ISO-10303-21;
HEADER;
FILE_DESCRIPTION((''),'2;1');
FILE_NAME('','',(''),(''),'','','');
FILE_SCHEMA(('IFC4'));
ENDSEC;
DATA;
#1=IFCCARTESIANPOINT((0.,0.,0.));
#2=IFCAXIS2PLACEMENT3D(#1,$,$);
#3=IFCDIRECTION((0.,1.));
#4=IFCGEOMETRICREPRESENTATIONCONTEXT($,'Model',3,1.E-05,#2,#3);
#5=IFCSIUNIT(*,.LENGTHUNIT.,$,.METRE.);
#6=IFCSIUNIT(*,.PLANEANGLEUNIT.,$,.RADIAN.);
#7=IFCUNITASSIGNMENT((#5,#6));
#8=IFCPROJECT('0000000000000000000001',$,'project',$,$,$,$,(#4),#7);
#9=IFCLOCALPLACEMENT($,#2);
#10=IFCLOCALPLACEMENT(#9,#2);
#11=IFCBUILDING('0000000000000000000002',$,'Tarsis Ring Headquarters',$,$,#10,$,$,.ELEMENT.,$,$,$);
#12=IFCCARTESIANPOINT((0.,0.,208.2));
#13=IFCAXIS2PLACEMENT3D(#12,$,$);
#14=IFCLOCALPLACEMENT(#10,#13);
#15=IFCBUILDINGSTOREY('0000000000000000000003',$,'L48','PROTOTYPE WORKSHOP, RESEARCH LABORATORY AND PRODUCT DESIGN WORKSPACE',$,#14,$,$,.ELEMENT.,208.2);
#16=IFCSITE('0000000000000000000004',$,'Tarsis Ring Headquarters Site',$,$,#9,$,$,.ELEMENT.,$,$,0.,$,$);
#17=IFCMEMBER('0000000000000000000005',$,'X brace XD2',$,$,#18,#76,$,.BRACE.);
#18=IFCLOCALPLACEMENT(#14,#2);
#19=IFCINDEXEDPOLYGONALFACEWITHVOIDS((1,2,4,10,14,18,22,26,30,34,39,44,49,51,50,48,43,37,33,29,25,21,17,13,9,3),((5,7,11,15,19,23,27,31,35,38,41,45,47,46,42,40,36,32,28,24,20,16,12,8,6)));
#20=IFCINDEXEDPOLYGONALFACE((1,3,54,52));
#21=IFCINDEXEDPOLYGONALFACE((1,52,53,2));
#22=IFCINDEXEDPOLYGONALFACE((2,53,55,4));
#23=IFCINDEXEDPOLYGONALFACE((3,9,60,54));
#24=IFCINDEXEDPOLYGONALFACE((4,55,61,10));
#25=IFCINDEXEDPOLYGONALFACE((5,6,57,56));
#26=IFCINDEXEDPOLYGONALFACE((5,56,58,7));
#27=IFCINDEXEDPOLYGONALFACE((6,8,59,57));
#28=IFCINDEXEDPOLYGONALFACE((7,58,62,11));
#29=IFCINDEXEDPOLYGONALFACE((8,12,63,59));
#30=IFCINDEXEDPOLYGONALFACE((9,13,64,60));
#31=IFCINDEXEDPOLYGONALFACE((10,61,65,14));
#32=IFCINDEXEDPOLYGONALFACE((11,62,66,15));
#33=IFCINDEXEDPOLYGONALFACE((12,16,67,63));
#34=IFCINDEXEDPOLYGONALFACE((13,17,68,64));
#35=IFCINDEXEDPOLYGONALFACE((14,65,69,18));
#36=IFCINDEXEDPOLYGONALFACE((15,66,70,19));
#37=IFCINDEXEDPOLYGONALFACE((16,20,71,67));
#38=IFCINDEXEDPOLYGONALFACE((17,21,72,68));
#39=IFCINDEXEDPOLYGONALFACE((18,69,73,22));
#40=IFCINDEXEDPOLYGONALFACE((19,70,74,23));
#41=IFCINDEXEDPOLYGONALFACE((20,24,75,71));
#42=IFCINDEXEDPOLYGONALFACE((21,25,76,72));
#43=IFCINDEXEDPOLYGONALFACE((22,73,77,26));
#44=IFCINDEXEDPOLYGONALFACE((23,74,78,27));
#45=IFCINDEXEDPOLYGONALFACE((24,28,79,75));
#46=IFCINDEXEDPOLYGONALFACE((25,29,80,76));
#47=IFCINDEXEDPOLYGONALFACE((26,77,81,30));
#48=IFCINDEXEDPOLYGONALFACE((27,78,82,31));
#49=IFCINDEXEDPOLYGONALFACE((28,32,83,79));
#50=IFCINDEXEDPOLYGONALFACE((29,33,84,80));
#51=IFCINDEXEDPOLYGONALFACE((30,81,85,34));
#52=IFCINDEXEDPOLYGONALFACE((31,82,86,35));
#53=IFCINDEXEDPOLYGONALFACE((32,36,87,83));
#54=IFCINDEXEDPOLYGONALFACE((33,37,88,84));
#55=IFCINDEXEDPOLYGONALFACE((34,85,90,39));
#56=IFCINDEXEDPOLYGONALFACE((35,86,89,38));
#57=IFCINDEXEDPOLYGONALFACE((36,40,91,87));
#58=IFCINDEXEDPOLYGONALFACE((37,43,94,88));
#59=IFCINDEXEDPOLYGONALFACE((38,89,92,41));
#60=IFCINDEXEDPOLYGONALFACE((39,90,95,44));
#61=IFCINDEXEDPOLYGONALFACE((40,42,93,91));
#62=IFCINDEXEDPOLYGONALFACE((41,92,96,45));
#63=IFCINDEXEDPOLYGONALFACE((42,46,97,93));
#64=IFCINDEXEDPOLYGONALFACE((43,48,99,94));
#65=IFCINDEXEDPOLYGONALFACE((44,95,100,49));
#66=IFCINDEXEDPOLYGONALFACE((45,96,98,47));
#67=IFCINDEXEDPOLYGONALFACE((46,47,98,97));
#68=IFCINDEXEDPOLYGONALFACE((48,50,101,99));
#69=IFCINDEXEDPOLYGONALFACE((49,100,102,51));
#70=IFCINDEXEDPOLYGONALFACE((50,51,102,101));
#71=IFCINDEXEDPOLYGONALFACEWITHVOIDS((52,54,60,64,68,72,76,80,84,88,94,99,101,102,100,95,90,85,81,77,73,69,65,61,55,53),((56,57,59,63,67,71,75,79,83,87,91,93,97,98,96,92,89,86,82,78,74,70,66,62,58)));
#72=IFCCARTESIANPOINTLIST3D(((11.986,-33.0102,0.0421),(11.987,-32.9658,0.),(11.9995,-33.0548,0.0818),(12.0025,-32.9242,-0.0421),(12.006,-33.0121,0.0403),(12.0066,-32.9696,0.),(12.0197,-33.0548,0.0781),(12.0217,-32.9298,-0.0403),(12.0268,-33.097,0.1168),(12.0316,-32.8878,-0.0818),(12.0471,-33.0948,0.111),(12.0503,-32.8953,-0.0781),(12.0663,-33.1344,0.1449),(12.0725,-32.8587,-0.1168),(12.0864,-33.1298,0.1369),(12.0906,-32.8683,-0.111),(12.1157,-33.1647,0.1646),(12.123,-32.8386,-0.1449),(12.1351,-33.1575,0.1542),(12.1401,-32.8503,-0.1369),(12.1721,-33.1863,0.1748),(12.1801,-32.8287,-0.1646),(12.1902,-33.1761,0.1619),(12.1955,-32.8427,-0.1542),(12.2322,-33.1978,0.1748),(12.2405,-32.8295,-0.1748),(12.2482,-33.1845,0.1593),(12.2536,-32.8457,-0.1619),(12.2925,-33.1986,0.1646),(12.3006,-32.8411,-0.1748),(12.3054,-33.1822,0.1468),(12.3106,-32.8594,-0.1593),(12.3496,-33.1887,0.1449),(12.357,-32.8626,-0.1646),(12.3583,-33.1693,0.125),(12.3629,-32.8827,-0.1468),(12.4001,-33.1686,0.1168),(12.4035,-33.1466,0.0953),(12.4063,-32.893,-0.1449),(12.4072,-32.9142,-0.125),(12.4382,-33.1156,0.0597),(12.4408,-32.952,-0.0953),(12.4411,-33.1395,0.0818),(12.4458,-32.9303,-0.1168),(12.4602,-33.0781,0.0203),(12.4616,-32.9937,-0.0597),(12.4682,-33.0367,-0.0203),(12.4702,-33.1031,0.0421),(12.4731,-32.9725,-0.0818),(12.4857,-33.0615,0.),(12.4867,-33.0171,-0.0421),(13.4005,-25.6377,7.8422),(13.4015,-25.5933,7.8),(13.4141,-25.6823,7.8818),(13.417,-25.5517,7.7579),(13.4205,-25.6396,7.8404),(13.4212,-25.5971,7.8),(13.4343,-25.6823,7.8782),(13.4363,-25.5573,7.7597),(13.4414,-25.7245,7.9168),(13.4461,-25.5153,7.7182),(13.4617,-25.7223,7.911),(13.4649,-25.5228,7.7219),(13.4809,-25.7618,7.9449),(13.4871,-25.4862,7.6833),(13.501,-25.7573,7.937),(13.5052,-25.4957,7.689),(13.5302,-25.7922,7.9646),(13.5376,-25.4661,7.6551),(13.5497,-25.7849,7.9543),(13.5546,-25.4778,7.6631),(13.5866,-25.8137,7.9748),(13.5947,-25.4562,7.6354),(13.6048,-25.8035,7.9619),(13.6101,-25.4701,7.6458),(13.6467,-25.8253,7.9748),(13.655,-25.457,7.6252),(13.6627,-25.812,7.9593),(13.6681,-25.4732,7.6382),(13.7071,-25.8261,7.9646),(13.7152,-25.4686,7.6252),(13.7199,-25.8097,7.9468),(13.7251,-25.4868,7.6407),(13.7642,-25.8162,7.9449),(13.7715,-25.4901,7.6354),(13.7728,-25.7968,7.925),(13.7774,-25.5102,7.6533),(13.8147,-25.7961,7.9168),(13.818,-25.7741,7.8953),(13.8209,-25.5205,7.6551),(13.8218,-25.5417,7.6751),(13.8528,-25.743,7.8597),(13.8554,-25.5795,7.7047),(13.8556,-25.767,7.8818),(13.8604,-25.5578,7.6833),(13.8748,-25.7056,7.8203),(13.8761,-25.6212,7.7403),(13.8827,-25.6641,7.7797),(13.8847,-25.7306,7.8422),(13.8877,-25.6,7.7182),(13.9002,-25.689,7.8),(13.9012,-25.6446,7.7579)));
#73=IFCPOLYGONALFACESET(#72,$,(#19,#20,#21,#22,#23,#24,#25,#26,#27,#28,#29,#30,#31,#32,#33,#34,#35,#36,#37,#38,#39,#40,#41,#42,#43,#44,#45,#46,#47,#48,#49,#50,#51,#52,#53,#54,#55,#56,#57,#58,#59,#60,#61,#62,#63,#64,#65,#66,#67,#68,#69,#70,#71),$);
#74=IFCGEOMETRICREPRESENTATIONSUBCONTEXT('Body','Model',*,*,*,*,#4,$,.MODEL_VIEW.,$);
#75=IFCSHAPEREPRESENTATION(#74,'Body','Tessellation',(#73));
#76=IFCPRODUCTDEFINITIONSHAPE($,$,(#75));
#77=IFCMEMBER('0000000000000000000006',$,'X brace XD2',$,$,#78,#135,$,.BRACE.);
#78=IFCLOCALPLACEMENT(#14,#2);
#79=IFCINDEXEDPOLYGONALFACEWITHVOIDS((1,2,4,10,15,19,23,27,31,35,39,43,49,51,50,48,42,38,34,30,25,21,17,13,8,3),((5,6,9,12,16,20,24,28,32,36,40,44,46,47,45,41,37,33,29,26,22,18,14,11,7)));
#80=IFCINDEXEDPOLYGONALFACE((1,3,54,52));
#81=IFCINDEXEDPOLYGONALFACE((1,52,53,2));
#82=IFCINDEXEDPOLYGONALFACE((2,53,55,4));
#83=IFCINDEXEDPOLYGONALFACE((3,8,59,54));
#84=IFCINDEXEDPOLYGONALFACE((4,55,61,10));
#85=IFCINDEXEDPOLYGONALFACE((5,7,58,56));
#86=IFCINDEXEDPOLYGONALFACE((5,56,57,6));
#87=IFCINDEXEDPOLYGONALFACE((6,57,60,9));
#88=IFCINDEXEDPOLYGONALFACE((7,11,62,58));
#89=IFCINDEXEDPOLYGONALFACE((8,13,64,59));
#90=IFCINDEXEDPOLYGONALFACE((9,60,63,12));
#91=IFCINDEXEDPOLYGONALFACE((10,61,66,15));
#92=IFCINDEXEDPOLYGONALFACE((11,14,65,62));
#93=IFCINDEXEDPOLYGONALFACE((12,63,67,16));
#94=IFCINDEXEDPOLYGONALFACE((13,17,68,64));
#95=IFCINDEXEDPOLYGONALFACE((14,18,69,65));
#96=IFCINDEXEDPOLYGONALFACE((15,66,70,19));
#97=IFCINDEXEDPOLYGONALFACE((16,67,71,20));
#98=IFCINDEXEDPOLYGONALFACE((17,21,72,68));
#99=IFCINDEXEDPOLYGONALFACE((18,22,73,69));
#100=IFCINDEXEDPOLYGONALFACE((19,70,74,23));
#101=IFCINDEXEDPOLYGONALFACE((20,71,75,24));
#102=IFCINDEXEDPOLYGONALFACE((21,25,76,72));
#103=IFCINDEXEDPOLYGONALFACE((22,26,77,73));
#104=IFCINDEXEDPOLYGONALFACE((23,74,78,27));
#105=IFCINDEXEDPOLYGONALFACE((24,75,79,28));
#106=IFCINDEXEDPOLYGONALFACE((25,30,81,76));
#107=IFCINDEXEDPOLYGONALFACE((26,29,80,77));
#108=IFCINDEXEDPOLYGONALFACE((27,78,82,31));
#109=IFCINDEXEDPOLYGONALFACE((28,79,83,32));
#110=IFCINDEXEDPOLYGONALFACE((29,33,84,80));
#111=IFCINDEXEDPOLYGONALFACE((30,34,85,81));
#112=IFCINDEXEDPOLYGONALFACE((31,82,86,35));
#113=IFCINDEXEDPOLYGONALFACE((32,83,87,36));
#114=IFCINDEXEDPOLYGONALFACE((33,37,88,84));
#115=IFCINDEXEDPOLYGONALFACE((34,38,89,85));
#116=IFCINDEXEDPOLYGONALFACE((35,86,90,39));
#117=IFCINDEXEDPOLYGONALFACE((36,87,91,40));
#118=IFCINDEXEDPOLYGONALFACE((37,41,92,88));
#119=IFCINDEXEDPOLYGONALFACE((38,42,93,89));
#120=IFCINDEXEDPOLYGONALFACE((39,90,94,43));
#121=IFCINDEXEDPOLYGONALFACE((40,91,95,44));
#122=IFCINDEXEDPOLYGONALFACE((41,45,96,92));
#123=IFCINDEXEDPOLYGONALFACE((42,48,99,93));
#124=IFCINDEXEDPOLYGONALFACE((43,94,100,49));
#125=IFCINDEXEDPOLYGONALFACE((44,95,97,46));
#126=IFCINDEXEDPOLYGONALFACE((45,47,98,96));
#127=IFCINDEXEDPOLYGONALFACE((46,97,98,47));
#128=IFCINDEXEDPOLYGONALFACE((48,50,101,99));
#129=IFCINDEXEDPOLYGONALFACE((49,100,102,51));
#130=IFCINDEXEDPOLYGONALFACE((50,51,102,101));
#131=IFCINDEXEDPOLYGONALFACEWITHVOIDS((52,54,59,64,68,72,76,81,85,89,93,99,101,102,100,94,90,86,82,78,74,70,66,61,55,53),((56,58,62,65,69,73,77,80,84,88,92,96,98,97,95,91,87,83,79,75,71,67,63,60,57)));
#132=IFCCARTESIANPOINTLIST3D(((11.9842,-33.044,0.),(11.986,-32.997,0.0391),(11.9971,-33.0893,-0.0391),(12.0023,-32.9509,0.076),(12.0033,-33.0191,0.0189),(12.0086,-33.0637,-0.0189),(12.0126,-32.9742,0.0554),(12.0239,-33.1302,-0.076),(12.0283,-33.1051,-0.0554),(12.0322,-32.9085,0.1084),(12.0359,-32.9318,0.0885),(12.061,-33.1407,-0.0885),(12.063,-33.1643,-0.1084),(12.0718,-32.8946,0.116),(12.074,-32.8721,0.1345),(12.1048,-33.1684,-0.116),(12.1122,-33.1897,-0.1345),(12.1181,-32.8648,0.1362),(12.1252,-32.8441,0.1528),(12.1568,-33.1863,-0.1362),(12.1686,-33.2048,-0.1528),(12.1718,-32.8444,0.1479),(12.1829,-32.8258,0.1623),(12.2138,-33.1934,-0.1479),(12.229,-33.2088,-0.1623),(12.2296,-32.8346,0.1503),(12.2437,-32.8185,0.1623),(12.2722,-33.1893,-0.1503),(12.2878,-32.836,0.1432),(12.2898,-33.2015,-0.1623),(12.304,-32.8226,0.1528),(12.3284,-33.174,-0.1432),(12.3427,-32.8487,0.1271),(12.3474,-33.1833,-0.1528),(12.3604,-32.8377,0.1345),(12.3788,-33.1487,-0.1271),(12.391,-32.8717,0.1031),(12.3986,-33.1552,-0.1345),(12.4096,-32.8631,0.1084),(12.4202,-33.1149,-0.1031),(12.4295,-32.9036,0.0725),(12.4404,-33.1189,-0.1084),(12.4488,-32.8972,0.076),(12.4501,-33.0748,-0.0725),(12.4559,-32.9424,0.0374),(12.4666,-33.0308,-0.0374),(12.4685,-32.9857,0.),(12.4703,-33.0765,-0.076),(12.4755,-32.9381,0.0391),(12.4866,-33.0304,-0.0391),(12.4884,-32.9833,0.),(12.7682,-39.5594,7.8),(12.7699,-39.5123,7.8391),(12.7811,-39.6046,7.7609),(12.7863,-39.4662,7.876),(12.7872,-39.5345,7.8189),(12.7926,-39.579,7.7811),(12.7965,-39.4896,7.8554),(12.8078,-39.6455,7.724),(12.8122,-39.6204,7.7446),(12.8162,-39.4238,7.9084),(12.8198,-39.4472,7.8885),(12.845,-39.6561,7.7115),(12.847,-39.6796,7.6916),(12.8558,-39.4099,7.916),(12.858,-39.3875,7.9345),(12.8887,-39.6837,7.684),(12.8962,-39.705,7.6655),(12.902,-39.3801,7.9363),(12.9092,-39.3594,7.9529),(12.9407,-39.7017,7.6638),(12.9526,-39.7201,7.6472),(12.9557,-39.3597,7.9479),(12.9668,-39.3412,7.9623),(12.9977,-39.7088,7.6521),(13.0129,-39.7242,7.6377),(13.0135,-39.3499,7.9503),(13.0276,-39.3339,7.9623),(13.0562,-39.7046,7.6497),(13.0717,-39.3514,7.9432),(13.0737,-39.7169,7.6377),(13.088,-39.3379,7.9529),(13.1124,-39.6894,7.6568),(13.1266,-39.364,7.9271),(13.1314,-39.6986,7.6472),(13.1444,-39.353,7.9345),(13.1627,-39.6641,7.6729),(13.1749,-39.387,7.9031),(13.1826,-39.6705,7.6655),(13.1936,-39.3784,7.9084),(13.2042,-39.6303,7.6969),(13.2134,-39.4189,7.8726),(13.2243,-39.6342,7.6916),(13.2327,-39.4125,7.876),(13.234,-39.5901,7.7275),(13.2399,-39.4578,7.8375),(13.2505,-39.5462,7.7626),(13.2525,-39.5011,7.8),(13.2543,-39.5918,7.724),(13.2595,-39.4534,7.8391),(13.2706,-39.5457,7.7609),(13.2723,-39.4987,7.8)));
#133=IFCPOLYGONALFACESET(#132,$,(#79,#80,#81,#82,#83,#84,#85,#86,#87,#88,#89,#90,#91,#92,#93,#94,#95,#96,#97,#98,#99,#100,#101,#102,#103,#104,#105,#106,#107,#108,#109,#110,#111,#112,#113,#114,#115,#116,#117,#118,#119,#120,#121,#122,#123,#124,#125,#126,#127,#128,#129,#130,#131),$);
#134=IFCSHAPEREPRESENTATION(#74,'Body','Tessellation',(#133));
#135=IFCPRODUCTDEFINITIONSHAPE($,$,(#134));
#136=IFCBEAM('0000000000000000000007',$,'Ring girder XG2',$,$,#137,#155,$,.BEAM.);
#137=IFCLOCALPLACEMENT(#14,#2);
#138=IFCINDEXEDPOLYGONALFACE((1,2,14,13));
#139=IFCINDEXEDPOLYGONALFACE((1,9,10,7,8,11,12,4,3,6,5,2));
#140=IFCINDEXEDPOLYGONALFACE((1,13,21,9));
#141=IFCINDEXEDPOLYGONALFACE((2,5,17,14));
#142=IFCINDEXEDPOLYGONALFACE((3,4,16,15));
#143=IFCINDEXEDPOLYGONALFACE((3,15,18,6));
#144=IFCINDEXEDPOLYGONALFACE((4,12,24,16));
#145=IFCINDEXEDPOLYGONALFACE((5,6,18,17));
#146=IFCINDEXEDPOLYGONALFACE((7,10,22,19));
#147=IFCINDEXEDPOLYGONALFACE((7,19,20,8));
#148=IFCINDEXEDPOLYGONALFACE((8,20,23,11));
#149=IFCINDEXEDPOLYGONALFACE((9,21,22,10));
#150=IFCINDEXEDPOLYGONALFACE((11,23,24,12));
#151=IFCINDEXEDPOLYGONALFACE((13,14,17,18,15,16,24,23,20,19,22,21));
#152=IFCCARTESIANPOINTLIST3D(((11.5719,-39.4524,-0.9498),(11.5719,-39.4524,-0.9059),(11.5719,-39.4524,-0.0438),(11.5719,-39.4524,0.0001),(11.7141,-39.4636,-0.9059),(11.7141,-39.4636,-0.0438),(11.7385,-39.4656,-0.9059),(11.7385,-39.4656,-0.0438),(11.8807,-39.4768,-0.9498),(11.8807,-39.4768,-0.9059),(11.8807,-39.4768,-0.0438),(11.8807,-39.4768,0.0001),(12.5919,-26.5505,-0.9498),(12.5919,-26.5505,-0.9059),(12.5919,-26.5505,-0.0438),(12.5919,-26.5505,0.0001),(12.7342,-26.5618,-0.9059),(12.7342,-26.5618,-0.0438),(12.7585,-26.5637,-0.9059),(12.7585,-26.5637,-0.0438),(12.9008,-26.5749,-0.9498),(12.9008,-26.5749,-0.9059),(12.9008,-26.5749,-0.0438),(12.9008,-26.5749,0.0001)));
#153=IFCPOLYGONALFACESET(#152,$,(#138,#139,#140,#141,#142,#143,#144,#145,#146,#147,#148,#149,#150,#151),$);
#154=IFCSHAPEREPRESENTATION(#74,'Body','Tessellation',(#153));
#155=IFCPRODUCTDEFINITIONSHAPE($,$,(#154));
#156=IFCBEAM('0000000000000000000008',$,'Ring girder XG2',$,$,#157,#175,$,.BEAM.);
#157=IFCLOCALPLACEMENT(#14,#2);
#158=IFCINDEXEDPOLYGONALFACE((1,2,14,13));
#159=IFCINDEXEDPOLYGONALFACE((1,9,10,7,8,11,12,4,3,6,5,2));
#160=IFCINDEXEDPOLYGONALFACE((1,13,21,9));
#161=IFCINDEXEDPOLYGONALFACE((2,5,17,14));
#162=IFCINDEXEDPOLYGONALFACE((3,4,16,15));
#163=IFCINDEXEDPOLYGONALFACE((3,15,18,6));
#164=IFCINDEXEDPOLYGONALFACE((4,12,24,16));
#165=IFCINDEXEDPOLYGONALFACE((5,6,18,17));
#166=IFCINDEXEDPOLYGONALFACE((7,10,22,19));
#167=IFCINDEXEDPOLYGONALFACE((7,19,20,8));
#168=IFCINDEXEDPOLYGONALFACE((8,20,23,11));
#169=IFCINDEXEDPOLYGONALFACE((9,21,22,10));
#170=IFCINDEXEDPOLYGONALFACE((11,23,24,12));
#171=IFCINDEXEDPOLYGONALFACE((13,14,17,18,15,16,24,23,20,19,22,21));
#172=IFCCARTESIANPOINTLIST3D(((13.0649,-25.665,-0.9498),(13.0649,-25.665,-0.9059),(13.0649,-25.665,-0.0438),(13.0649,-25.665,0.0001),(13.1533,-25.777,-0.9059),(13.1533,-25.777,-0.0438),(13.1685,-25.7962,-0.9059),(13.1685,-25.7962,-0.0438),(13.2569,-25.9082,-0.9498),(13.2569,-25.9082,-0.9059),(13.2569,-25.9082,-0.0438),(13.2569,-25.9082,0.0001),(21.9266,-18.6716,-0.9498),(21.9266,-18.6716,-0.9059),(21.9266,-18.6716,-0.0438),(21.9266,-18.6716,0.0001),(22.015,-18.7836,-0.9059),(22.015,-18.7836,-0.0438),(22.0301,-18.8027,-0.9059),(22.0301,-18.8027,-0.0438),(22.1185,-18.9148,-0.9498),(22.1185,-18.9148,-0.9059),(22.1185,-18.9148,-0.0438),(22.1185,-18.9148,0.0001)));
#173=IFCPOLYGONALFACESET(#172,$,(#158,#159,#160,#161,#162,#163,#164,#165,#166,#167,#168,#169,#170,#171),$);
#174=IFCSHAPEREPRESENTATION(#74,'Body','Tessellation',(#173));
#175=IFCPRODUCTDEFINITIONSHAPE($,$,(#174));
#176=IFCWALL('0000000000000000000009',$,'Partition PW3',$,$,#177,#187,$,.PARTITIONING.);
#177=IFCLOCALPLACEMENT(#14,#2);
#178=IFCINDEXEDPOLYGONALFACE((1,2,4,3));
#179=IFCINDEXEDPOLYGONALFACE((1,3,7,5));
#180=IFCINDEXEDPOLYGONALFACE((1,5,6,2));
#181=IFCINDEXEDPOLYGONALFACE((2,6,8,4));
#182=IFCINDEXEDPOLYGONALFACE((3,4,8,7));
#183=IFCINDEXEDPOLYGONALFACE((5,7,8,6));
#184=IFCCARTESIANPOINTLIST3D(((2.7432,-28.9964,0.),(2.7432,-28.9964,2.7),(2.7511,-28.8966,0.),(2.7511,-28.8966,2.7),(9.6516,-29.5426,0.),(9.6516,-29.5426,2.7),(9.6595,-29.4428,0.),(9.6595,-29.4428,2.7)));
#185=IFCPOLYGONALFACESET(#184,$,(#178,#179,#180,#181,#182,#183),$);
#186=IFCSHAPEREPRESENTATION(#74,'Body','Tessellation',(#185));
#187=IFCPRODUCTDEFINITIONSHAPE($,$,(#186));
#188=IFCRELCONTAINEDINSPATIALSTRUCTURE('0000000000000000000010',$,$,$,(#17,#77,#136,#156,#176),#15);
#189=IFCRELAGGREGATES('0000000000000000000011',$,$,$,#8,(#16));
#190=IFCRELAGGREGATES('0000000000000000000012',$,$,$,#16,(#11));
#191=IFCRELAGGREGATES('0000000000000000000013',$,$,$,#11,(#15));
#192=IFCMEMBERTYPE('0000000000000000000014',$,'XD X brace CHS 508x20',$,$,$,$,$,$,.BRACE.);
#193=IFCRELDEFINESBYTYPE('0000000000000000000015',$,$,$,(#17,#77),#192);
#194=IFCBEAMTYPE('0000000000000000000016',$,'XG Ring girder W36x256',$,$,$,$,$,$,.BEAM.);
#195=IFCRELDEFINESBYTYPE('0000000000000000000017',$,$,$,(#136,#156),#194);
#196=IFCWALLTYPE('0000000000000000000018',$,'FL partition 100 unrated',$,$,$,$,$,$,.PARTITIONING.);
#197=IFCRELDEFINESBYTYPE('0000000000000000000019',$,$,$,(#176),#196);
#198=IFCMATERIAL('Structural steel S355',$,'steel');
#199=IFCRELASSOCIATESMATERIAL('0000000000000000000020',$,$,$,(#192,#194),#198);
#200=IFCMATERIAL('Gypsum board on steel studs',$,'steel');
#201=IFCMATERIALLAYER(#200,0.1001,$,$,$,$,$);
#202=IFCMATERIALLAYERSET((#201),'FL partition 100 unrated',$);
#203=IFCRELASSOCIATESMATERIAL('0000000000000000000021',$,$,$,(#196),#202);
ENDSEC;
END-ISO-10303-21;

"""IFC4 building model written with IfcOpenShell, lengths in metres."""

from ifc_helpers import new_model, si_unit, direction, frame, frame_2d, origin, origin_2d, place, context, subcontext, project, spatial, rectangle, hollow_circle, i_section, extrude, material, layer, layer_set, material_profile, profile_set, type_object, element, save


model = new_model("IFC4")

# Units and contexts
model_context = context("Model", 3, precision=1e-05, world=origin(), true_north=direction((0.0, 1.0)))
body_context = subcontext(model_context, "Body", "Model", "MODEL_VIEW")
ifc_project = project(units=[si_unit("LENGTHUNIT", "METRE"), si_unit("PLANEANGLEUNIT", "RADIAN")], contexts=[model_context])

# Site, building, storey
site_placement = place(None, origin())
site = spatial("IfcSite", under=ifc_project, at=site_placement, Name="Tarsis Ring Headquarters Site", CompositionType="ELEMENT", RefElevation=0.0)
building_placement = place(site_placement, origin())
building = spatial("IfcBuilding", under=site, at=building_placement, Name="Tarsis Ring Headquarters", CompositionType="ELEMENT")
storey_placement = place(building_placement, frame((0.0, 0.0, 208.2)))
storey = spatial("IfcBuildingStorey", under=building, at=storey_placement, Name="L48", Description="PROTOTYPE WORKSHOP, RESEARCH LABORATORY AND PRODUCT DESIGN WORKSPACE", CompositionType="ELEMENT", Elevation=208.2)

# Shared definitions
ifc_material_1 = material(Name="Structural steel S355", Category="steel")

# Members
ifc_material_profile_1 = material_profile(ifc_material_1, hollow_circle(Radius=0.2539, WallThickness=0.02, at=origin_2d()), Name="CHS 508x20")
ifc_profile_set_1 = profile_set([ifc_material_profile_1], Name="Structural steel S355")
member_type = type_object("IfcMemberType", Name="XD X brace CHS 508x20", PredefinedType="BRACE", material=ifc_profile_set_1)
member_1_placement = place(storey_placement, frame((12.2363, -33.0137, 0.0), z_axis=(0.130666, 0.681022, 0.72051), x_axis=(-0.982087, 0.18843, 0.0)))
element("IfcMember", 1, at=member_1_placement, inside=storey, type_object=member_type, Name="X brace XD2", PredefinedType="BRACE", context=body_context, shape_type="SweptSolid", body=[
    extrude(hollow_circle(Radius=0.2539, WallThickness=0.02, at=origin_2d()), origin(), (0.0, 0.0, 1.0), 10.8257),
])
member_2_placement = place(storey_placement, frame((12.2363, -33.0137, 0.0), z_axis=(0.076906, -0.639176, 0.765205), x_axis=(0.992839, 0.119459, 0.0)))
element("IfcMember", 2, at=member_2_placement, inside=storey, type_object=member_type, Name="X brace XD2", PredefinedType="BRACE", context=body_context, shape_type="SweptSolid", body=[
    extrude(hollow_circle(Radius=0.2539, WallThickness=0.02, at=origin_2d()), origin(), (0.0, 0.0, 1.0), 10.1934),
])

# Beams
ifc_material_profile_2 = material_profile(ifc_material_1, i_section(OverallWidth=0.3098, OverallDepth=0.95, WebThickness=0.0244, FlangeThickness=0.0439, at=origin_2d()), Name="W36x256")
ifc_profile_set_2 = profile_set([ifc_material_profile_2], Name="Structural steel S355")
beam_type = type_object("IfcBeamType", Name="XG Ring girder W36x256", PredefinedType="BEAM", material=ifc_profile_set_2)
beam_1_placement = place(storey_placement, frame((11.7263, -39.4646, -0.4749), z_axis=(0.078814, 0.996889, 0.0), x_axis=(-0.996889, 0.078814, 0.0)))
element("IfcBeam", 3, at=beam_1_placement, inside=storey, type_object=beam_type, Name="Ring girder XG2", PredefinedType="BEAM", context=body_context, shape_type="SweptSolid", body=[
    extrude(i_section(OverallWidth=0.3098, OverallDepth=0.95, WebThickness=0.0244, FlangeThickness=0.0439, at=origin_2d()), origin(), (0.0, 0.0, 1.0), 12.9421),
])
beam_2_placement = place(storey_placement, frame((13.1609, -25.7866, -0.4749), z_axis=(0.784993, 0.619504, 0.0), x_axis=(-0.619504, 0.784993, 0.0)))
element("IfcBeam", 4, at=beam_2_placement, inside=storey, type_object=beam_type, Name="Ring girder XG2", PredefinedType="BEAM", context=body_context, shape_type="SweptSolid", body=[
    extrude(i_section(OverallWidth=0.3098, OverallDepth=0.95, WebThickness=0.0244, FlangeThickness=0.0439, at=origin_2d()), origin(), (0.0, 0.0, 1.0), 11.2888),
])

# Wall
ifc_material_2 = material(Name="Gypsum board on steel studs", Category="steel")
ifc_layer_1 = layer(ifc_material_2, 0.1001)
ifc_layer_set_1 = layer_set([ifc_layer_1], Name="FL partition 100 unrated")
wall_type_1 = type_object("IfcWallType", Name="FL partition 100 unrated", PredefinedType="PARTITIONING", material=ifc_layer_set_1)
wall_1_placement = place(storey_placement, frame((2.7473, -28.9465, 0.0), z_axis=(0.0, 0.0, 1.0), x_axis=(0.99689, -0.078808, 0.0)))
element("IfcWall", 5, at=wall_1_placement, inside=storey, type_object=wall_type_1, Name="Partition PW3", PredefinedType="PARTITIONING", context=body_context, shape_type="SweptSolid", body=[
    extrude(rectangle(XDim=6.9299, YDim=0.1001, at=frame_2d((3.4648, 0.0))), origin(), (0.0, 0.0, 1.0), 2.7),
])

save(model, "model.ifc")
